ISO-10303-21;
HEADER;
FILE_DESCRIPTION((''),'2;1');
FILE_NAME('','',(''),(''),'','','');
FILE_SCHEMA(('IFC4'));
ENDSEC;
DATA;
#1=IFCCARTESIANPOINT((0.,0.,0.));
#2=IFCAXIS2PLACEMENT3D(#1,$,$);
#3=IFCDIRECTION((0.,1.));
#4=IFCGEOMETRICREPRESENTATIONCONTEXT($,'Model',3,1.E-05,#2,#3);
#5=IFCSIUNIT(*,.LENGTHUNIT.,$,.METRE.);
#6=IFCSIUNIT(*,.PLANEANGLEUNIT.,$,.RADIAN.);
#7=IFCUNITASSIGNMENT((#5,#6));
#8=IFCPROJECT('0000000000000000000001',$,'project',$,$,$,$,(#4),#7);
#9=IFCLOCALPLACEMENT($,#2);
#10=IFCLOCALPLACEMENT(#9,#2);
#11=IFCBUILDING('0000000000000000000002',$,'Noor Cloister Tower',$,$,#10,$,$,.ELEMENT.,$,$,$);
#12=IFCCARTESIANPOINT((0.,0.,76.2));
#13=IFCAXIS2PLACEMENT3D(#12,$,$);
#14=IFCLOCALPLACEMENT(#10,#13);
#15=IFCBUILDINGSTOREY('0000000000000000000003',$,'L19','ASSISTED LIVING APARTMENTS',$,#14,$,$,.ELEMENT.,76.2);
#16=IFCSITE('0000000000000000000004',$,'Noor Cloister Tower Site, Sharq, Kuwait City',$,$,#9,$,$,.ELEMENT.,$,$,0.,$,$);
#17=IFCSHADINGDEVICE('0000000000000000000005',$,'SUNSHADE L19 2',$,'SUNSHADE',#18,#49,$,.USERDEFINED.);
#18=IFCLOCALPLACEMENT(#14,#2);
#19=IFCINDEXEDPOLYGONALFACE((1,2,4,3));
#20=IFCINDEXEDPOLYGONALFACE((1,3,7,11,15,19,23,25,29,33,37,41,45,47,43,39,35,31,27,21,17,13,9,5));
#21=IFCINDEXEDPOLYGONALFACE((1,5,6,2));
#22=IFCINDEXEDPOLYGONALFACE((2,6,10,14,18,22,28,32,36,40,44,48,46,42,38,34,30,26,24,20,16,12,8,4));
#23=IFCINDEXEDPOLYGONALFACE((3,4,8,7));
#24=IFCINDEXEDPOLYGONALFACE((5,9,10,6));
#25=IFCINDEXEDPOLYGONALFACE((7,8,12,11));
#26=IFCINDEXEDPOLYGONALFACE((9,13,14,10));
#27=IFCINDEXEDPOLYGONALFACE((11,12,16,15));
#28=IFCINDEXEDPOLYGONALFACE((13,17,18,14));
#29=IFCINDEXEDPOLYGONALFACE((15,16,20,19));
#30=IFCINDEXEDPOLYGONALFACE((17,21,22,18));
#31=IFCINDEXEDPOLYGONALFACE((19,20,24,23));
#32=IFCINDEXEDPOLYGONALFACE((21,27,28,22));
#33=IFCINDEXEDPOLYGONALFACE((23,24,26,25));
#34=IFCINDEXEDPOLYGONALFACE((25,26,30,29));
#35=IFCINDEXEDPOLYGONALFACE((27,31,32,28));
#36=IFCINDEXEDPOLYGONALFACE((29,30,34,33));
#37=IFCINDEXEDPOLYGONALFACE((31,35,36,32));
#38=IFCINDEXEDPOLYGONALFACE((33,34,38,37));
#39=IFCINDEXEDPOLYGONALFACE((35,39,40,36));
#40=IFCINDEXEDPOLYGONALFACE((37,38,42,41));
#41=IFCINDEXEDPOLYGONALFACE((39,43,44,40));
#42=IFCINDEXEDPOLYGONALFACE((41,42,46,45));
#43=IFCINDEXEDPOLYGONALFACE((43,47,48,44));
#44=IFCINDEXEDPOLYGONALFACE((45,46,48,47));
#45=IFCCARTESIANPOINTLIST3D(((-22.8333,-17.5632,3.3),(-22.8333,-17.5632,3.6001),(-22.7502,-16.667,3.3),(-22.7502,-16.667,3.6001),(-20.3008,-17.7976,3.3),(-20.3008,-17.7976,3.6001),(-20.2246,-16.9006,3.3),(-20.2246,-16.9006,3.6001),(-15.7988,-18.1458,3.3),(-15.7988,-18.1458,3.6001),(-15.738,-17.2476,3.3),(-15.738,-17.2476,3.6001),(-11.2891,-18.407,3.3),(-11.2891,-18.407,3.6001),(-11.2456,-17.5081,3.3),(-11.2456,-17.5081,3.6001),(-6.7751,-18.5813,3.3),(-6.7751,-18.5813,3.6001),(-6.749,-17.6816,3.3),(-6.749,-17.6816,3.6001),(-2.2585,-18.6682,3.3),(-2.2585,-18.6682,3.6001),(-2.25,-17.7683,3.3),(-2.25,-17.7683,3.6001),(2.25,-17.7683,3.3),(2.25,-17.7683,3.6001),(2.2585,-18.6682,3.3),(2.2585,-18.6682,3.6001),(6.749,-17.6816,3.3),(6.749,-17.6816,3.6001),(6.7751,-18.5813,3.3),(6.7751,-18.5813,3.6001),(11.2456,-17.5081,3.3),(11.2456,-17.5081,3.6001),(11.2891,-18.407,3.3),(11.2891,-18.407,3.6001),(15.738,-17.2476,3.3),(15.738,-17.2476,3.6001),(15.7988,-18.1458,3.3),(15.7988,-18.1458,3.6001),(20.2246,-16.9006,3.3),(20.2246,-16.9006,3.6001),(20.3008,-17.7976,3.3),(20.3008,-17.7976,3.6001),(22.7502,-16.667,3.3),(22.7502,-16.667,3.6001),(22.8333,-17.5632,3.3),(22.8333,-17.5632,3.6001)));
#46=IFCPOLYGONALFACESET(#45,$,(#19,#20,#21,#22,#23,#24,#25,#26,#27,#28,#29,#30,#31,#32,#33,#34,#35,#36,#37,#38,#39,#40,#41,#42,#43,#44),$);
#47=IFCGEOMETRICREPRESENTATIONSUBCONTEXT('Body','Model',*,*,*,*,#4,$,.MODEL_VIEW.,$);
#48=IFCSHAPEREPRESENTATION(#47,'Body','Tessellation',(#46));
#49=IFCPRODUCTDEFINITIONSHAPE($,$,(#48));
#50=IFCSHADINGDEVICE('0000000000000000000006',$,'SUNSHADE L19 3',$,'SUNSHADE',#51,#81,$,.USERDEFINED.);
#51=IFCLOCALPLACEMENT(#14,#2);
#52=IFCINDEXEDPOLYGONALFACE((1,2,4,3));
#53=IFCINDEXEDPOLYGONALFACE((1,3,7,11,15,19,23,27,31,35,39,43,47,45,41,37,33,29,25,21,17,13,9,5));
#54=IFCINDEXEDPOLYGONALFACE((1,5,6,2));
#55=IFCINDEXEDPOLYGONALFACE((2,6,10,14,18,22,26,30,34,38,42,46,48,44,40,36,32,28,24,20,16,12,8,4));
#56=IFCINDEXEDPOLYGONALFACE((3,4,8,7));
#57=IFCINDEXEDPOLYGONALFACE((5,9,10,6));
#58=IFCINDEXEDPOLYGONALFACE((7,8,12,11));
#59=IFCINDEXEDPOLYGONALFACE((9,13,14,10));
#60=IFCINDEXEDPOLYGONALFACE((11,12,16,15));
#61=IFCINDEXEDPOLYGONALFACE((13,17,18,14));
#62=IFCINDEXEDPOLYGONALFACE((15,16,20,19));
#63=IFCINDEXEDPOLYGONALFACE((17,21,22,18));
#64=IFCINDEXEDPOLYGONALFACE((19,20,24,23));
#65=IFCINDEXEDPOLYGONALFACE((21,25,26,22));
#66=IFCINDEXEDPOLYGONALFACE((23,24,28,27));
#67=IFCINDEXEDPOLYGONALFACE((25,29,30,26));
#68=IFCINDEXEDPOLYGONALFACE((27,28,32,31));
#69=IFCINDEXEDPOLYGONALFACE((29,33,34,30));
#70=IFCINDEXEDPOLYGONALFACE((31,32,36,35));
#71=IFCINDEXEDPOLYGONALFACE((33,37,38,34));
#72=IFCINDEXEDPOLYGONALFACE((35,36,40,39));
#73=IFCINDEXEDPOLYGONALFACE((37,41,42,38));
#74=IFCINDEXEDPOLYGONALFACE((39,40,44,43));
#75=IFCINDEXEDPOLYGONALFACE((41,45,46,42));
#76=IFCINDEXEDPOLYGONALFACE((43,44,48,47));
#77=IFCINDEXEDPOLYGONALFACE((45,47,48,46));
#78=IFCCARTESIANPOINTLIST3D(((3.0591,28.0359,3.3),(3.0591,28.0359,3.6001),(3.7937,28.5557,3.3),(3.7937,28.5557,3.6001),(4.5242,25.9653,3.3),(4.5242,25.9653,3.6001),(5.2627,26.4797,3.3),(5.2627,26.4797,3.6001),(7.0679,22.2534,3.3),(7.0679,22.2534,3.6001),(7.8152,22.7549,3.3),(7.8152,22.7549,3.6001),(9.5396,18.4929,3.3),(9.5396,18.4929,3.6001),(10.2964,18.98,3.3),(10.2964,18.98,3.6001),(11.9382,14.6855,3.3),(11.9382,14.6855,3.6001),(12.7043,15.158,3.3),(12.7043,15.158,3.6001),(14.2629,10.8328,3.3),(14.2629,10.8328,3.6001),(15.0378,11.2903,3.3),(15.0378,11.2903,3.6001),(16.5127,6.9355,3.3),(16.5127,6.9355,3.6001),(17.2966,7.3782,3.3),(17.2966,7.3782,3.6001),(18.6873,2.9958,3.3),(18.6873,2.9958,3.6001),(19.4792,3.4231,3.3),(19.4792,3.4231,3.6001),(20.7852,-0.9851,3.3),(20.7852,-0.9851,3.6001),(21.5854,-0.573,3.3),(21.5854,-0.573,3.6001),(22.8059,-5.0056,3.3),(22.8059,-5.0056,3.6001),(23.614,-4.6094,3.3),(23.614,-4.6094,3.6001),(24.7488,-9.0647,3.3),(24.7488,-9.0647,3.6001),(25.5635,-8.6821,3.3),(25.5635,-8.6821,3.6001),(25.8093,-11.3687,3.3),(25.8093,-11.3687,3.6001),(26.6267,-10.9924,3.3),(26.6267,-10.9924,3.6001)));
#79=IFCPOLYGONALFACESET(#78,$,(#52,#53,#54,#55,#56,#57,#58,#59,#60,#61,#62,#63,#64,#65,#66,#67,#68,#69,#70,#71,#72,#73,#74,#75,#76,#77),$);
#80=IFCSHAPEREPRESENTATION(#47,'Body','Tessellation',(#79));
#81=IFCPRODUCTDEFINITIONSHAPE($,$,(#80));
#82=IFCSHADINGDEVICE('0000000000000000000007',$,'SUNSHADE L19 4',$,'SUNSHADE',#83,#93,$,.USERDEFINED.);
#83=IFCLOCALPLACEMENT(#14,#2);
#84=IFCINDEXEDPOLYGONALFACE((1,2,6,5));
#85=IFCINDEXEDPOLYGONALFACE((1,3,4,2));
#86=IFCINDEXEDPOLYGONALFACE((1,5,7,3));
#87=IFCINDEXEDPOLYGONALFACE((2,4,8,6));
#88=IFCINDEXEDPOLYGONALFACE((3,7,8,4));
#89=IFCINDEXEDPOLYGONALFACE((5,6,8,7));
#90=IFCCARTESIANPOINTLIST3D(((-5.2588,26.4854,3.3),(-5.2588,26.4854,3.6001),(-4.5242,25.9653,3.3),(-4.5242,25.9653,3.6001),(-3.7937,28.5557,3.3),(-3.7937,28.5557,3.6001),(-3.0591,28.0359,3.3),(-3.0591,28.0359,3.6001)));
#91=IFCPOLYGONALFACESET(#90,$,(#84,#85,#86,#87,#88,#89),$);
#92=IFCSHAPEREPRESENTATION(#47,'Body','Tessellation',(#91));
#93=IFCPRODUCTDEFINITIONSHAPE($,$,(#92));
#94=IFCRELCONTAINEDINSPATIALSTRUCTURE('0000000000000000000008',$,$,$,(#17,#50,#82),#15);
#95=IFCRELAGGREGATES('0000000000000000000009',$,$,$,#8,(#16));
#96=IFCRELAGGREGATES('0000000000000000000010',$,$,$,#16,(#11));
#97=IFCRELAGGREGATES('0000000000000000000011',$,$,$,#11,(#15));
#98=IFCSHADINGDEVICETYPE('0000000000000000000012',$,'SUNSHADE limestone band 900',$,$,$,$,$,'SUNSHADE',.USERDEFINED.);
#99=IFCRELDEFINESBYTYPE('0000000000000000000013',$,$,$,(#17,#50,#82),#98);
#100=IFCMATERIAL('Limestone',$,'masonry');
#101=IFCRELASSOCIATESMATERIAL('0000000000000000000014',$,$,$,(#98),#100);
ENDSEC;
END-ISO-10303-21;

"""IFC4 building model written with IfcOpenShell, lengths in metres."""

from ifc_helpers import new_model, si_unit, direction, frame, origin, place, context, subcontext, project, spatial, polyline, outline, extrude, material, type_object, element, save


model = new_model("IFC4")

# Units and contexts
model_context = context("Model", 3, precision=1e-05, world=origin(), true_north=direction((0.0, 1.0)))
body_context = subcontext(model_context, "Body", "Model", "MODEL_VIEW")
ifc_project = project(units=[si_unit("LENGTHUNIT", "METRE"), si_unit("PLANEANGLEUNIT", "RADIAN")], contexts=[model_context])

# Site, building, storey
site_placement = place(None, origin())
site = spatial("IfcSite", under=ifc_project, at=site_placement, Name="Noor Cloister Tower Site, Sharq, Kuwait City", CompositionType="ELEMENT", RefElevation=0.0)
building_placement = place(site_placement, origin())
building = spatial("IfcBuilding", under=site, at=building_placement, Name="Noor Cloister Tower", CompositionType="ELEMENT")
storey_placement = place(building_placement, frame((0.0, 0.0, 76.2)))
storey = spatial("IfcBuildingStorey", under=building, at=storey_placement, Name="L19", Description="ASSISTED LIVING APARTMENTS", CompositionType="ELEMENT", Elevation=76.2)

# Shading devices
ifc_material_1 = material(Name="Limestone", Category="masonry")
shading_device_type = type_object("IfcShadingDeviceType", Name="SUNSHADE limestone band 900", ElementType="SUNSHADE", PredefinedType="USERDEFINED", material=ifc_material_1)
shading_device_1_placement = place(storey_placement, frame((0.0, 0.0, 3.3)))
element("IfcShadingDevice", 1, at=shading_device_1_placement, inside=storey, type_object=shading_device_type, Name="SUNSHADE L19 2", ObjectType="SUNSHADE", PredefinedType="USERDEFINED", context=body_context, shape_type="SweptSolid", body=[
    extrude(outline(polyline([(-22.8333, -17.5632), (-20.3008, -17.7976), (-15.7988, -18.1458), (-11.2891, -18.407), (-6.7751, -18.5813), (-2.2585, -18.6682), (2.2585, -18.6682), (6.7751, -18.5813), (11.2891, -18.407), (15.7988, -18.1458), (20.3008, -17.7976), (22.8333, -17.5632), (22.7502, -16.667), (20.2246, -16.9006), (15.738, -17.2476), (11.2456, -17.5081), (6.749, -17.6816), (2.25, -17.7683), (-2.25, -17.7683), (-6.749, -17.6816), (-11.2456, -17.5081), (-15.738, -17.2476), (-20.2246, -16.9006), (-22.7502, -16.667), (-22.8333, -17.5632)])), origin(), (0.0, 0.0, 1.0), 0.3),
])
shading_device_2_placement = place(storey_placement, frame((0.0, 0.0, 3.3)))
element("IfcShadingDevice", 2, at=shading_device_2_placement, inside=storey, type_object=shading_device_type, Name="SUNSHADE L19 3", ObjectType="SUNSHADE", PredefinedType="USERDEFINED", context=body_context, shape_type="SweptSolid", body=[
    extrude(outline(polyline([(26.6267, -10.9924), (25.5635, -8.6821), (23.614, -4.6094), (21.5854, -0.573), (19.4792, 3.4231), (17.2966, 7.3782), (15.0378, 11.2903), (12.7043, 15.158), (10.2964, 18.98), (7.8152, 22.7549), (5.2627, 26.4797), (3.7937, 28.5557), (3.0591, 28.0359), (4.5242, 25.9653), (7.0679, 22.2534), (9.5396, 18.4929), (11.9382, 14.6855), (14.2629, 10.8328), (16.5127, 6.9355), (18.6873, 2.9958), (20.7852, -0.9851), (22.8059, -5.0056), (24.7488, -9.0647), (25.8093, -11.3687), (26.6267, -10.9924)])), origin(), (0.0, 0.0, 1.0), 0.3),
])
shading_device_3_placement = place(storey_placement, frame((0.0, 0.0, 3.3)))
element("IfcShadingDevice", 3, at=shading_device_3_placement, inside=storey, type_object=shading_device_type, Name="SUNSHADE L19 4", ObjectType="SUNSHADE", PredefinedType="USERDEFINED", context=body_context, shape_type="SweptSolid", body=[
    extrude(outline(polyline([(-3.7937, 28.5557), (-5.2588, 26.4854), (-4.5242, 25.9653), (-3.0591, 28.0359), (-3.7937, 28.5557)])), origin(), (0.0, 0.0, 1.0), 0.3),
])

save(model, "model.ifc")
